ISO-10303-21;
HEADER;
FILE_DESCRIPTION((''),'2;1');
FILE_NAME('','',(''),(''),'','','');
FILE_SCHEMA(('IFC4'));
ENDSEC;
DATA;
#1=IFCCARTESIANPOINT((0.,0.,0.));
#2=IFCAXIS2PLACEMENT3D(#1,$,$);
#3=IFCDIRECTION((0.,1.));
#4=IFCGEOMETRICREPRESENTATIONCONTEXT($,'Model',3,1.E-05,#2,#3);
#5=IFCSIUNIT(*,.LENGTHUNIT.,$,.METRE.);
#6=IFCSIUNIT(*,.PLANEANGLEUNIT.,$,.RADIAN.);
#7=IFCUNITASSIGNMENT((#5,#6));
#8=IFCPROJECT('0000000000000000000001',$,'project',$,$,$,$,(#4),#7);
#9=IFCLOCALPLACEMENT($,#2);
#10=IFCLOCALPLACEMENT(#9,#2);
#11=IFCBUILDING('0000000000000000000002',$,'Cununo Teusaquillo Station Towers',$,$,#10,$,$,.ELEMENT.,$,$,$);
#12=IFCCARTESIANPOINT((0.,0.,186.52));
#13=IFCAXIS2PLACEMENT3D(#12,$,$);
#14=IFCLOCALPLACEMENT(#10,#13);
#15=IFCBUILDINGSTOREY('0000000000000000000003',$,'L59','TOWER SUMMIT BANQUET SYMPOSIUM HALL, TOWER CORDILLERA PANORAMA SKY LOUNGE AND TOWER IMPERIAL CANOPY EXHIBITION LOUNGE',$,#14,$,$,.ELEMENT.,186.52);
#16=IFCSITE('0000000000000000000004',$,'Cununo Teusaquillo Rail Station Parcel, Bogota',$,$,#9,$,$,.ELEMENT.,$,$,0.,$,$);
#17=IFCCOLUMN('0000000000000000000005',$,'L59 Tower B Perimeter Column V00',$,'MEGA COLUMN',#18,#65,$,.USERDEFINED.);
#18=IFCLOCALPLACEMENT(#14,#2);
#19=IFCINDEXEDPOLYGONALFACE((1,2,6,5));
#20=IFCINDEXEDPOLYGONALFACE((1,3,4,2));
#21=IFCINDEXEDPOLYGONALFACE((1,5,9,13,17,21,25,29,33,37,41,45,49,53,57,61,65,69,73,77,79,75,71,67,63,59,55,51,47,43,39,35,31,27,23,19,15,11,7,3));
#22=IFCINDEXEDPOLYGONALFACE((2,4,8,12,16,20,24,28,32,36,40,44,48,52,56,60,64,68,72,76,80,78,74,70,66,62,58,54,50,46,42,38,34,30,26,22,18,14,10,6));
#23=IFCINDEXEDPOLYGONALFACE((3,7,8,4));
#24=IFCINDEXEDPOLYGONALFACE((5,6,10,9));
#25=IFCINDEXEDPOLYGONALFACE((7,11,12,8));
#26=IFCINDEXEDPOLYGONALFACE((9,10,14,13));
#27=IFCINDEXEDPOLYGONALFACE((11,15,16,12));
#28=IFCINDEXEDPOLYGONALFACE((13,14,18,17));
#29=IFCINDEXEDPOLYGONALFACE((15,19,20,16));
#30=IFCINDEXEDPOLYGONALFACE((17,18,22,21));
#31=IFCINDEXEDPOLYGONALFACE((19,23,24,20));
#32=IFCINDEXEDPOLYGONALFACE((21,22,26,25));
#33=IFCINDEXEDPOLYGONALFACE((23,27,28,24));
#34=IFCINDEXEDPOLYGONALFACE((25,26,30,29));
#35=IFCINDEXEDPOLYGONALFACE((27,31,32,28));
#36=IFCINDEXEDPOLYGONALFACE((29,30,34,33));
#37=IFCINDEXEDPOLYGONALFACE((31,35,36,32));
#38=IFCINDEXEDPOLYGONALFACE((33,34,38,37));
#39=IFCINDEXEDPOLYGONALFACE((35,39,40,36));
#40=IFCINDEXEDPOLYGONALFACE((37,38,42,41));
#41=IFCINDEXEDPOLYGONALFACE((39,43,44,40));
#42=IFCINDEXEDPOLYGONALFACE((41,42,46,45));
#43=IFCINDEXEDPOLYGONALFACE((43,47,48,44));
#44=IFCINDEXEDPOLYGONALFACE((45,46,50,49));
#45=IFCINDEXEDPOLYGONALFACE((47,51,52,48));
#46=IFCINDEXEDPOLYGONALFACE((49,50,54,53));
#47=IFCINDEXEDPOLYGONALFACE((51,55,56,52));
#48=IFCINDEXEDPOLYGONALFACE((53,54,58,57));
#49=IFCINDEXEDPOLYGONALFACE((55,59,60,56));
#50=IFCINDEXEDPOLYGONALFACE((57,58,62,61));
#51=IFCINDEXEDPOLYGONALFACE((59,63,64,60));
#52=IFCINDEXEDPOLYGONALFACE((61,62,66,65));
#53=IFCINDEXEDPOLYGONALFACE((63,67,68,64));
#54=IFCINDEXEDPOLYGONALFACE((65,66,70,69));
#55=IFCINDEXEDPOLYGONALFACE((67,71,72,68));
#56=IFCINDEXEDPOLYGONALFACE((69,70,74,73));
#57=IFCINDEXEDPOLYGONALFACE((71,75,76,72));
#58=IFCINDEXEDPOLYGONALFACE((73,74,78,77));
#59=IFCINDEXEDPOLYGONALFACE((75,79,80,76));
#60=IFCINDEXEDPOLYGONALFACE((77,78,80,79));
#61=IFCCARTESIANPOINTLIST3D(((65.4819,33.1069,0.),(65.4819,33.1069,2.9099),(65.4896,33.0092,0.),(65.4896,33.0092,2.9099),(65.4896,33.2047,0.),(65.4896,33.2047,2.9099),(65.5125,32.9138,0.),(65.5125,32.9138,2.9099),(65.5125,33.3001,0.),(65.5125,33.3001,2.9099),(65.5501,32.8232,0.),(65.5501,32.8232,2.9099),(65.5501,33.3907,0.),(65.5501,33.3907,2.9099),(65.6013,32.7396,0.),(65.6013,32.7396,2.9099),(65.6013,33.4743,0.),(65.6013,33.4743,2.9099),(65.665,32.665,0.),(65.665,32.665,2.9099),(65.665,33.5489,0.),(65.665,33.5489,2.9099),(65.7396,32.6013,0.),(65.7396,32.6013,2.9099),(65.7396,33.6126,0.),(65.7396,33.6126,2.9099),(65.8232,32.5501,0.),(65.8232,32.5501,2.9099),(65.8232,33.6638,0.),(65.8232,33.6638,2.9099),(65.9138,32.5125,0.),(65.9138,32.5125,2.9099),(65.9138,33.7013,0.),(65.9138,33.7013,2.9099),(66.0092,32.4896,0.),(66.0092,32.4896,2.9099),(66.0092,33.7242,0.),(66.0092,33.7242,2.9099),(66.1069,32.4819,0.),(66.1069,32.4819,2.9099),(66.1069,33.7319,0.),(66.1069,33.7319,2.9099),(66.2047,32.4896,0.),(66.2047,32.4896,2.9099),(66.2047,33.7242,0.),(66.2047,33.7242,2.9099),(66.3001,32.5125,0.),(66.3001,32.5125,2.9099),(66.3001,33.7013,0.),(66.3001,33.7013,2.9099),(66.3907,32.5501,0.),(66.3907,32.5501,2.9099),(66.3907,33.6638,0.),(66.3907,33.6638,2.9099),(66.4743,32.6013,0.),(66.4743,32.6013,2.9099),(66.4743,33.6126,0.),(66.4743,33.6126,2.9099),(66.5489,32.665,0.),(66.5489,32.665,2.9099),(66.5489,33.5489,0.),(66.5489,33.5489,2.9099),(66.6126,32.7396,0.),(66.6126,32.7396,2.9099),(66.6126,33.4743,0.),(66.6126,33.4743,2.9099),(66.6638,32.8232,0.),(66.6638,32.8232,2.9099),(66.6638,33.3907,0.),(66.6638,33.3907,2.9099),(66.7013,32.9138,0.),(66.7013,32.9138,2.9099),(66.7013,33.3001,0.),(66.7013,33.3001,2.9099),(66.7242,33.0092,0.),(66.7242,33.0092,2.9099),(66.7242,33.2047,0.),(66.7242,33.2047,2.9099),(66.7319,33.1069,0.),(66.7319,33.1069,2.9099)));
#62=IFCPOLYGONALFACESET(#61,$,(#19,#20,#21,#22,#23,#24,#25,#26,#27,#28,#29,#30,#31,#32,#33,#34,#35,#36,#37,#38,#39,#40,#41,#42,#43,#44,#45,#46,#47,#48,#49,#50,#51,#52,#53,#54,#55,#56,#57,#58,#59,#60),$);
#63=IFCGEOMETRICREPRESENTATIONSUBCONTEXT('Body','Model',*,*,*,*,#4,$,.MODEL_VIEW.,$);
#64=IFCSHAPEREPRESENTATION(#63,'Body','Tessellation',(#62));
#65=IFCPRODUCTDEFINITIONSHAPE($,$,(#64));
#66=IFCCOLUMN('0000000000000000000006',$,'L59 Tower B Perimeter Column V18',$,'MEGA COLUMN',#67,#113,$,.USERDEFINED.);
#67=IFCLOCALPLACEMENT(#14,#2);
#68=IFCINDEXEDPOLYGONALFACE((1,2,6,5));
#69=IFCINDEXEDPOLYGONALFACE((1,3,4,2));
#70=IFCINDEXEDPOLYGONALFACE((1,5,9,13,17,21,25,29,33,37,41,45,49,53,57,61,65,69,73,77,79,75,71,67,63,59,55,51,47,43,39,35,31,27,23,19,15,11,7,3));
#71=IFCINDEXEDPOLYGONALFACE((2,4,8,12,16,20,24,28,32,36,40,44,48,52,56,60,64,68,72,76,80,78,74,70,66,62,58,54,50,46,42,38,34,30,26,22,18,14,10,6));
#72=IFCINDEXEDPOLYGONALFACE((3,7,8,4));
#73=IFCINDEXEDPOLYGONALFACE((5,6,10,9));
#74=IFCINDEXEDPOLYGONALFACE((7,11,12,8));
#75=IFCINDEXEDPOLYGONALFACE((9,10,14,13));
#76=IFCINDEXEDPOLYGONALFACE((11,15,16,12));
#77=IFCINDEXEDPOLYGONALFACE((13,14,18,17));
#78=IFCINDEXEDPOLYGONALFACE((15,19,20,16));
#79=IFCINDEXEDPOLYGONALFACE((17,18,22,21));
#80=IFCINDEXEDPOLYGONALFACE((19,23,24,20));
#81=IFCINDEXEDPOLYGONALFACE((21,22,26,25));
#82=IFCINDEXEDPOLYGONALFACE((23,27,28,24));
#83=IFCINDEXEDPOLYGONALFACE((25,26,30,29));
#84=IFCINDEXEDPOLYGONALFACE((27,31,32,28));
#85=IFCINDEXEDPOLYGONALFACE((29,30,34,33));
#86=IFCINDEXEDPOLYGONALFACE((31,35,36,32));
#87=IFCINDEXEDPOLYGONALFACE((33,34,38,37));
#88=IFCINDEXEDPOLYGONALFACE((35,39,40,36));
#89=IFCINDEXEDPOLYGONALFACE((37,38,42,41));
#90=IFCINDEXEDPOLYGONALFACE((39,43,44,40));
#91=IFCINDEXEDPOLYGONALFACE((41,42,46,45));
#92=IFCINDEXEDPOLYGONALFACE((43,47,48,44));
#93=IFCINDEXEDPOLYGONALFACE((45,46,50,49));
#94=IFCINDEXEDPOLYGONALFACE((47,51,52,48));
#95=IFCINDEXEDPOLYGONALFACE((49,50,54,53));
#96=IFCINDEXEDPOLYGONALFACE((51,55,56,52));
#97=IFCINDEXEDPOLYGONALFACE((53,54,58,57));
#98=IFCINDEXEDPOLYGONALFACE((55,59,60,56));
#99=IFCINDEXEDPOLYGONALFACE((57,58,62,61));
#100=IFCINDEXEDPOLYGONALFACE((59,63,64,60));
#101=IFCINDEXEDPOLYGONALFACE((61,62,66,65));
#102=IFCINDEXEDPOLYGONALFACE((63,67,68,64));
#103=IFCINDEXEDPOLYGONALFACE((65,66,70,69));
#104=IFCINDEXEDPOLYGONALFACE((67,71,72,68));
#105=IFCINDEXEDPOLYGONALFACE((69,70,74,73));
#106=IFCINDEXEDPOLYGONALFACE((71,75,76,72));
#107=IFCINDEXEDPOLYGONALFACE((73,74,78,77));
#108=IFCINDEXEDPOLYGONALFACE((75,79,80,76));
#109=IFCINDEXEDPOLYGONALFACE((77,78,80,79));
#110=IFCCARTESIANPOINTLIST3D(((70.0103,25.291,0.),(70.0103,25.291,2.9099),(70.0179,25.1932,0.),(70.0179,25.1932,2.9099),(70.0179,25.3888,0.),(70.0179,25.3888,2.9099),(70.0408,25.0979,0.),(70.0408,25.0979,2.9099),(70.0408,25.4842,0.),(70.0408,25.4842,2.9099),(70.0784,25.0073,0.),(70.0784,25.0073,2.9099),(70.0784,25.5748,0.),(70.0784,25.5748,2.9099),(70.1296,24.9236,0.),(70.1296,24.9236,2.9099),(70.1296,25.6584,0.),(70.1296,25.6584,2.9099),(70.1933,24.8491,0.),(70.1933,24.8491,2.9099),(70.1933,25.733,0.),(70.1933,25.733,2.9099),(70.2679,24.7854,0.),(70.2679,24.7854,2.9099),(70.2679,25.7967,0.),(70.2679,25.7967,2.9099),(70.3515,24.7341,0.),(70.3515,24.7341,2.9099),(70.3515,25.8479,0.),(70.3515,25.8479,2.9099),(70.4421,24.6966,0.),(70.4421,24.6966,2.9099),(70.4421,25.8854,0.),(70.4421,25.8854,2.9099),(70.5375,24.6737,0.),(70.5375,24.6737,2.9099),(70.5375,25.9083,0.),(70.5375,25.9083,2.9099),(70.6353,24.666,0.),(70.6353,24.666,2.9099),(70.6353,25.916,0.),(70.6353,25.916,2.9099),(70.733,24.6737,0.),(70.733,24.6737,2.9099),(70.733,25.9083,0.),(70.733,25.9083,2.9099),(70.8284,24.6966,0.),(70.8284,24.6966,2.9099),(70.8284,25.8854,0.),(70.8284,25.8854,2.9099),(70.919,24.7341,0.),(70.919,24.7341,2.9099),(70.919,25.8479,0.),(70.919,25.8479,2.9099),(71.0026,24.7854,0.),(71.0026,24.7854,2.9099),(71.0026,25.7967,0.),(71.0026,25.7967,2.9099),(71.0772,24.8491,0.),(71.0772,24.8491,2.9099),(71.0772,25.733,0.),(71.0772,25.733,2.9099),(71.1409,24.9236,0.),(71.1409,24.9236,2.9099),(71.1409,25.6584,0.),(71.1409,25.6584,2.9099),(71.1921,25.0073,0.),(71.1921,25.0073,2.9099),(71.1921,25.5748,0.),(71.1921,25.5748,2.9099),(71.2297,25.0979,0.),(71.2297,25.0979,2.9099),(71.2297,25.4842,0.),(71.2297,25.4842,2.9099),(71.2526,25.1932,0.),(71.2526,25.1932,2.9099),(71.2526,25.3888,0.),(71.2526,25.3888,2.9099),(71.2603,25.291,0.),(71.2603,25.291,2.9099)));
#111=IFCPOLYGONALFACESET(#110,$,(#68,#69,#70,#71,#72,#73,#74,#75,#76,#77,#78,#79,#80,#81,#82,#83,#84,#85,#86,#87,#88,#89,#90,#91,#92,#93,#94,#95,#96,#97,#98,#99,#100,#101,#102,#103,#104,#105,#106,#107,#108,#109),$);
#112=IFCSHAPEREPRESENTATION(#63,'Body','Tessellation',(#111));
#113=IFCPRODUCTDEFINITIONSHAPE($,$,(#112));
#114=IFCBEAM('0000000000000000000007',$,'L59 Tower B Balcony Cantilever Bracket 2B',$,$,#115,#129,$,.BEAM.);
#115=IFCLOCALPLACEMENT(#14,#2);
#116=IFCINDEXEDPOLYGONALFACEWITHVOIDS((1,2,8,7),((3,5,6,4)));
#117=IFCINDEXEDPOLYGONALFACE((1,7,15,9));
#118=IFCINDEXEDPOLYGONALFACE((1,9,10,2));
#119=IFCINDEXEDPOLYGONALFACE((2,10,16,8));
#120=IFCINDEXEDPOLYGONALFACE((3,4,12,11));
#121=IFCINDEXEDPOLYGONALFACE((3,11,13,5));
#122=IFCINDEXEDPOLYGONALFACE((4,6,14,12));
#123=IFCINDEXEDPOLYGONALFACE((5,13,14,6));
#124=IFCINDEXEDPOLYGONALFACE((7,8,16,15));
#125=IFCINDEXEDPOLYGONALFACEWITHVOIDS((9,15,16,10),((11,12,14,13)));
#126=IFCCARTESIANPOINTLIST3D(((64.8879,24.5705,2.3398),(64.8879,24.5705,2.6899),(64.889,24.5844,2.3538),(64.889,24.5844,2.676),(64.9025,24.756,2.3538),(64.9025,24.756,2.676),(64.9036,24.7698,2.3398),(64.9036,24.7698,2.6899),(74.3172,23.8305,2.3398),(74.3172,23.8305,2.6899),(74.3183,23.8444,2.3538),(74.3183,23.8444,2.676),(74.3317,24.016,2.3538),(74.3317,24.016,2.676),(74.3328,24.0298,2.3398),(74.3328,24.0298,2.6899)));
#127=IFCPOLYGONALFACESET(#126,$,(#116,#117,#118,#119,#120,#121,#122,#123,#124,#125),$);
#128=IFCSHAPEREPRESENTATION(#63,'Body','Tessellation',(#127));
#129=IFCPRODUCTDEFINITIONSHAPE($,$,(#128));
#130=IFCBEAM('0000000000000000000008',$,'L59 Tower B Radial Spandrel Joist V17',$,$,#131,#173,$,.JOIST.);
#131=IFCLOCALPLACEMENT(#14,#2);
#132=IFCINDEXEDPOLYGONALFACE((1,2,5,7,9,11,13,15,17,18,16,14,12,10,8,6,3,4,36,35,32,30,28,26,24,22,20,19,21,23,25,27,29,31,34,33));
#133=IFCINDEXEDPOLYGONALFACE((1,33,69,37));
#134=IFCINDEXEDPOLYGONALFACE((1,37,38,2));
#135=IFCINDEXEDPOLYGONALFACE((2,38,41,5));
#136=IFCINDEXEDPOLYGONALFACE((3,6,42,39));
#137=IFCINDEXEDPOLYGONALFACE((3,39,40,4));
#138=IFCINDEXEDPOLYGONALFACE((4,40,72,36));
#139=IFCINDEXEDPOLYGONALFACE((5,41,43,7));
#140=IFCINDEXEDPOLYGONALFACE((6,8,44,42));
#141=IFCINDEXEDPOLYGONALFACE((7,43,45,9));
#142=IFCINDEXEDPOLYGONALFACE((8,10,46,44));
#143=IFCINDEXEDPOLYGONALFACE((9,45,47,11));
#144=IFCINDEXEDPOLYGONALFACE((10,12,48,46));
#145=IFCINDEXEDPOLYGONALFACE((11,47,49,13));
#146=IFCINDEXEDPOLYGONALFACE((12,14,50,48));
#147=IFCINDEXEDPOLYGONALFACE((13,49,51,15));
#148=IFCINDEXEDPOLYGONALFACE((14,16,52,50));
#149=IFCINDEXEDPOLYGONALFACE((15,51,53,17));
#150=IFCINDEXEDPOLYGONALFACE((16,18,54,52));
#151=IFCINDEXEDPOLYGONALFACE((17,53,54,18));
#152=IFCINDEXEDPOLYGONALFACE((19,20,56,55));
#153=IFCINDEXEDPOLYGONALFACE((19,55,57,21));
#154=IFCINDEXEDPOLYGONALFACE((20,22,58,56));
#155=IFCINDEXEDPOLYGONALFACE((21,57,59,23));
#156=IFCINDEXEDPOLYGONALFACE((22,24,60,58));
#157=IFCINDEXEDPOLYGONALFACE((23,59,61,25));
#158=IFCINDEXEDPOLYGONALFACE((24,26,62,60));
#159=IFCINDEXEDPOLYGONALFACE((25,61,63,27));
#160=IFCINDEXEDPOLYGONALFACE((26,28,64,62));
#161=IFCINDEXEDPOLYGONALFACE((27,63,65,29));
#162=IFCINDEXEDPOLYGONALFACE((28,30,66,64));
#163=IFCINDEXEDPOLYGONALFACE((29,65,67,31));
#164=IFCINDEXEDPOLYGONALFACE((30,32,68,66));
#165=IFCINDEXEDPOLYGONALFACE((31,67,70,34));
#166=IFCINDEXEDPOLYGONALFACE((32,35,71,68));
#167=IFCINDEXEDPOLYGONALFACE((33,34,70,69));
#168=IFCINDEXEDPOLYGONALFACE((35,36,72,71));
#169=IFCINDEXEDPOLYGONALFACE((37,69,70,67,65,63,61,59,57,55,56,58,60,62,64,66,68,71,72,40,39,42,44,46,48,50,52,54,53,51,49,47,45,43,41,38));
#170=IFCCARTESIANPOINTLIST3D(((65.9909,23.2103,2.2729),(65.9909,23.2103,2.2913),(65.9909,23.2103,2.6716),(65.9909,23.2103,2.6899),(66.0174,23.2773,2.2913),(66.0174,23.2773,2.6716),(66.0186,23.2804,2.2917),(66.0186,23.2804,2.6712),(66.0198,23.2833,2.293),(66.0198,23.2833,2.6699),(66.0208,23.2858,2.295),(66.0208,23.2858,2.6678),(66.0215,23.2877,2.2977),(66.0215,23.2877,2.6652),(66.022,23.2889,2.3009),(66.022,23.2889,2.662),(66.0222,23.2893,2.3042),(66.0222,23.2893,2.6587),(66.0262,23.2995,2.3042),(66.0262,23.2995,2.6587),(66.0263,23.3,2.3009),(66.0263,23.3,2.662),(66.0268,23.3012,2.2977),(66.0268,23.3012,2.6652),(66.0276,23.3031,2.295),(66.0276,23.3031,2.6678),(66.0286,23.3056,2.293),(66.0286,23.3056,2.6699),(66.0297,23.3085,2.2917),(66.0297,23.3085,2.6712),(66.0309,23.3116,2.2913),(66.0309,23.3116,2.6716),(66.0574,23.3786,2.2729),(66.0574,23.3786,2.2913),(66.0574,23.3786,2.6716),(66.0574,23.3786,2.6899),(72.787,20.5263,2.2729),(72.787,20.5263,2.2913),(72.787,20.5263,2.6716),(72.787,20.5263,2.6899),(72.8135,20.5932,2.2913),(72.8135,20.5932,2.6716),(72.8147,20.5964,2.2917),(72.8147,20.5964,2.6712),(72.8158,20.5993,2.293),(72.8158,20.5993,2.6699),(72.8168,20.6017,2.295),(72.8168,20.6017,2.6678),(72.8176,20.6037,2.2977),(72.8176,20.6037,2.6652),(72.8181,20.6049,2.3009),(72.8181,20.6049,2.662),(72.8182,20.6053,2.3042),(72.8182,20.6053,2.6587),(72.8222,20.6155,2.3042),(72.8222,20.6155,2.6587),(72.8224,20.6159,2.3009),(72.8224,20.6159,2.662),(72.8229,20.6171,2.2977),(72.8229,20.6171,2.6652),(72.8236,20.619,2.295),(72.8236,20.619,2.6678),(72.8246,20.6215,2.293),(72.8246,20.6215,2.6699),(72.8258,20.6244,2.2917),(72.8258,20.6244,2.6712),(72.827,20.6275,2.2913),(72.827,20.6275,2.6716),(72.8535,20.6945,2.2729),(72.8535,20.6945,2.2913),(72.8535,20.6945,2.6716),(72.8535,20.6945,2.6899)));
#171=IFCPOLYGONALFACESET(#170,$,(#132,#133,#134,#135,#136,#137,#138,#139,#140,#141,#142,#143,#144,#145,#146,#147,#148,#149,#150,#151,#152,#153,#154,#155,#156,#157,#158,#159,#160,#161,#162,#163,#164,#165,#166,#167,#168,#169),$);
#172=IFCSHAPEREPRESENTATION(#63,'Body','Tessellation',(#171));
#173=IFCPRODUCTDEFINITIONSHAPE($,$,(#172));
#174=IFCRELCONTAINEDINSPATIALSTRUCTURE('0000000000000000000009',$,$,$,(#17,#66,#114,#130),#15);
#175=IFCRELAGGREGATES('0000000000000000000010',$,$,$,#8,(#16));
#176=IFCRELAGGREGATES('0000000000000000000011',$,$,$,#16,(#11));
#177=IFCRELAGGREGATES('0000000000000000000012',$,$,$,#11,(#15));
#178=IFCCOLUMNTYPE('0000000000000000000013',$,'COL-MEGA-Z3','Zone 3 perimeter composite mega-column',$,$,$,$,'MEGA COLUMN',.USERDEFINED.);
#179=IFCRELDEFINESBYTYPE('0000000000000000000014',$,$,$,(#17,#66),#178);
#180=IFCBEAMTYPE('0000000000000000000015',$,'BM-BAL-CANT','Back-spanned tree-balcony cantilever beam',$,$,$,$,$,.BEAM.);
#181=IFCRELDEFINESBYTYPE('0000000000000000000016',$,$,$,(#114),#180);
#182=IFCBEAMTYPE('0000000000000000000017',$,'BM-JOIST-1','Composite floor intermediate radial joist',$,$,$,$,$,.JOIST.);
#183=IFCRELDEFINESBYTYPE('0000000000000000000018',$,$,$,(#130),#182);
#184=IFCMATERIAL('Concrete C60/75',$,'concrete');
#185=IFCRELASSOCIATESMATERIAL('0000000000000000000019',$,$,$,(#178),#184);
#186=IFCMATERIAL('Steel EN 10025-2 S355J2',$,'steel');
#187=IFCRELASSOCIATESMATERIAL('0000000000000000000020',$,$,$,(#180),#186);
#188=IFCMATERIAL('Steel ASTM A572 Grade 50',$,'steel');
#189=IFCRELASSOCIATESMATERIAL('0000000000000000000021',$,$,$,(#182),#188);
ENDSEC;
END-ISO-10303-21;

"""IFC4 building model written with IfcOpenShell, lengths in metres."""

from ifc_helpers import new_model, si_unit, direction, frame, origin, origin_2d, place, context, subcontext, project, spatial, hollow_rectangle, circle, i_section, extrude, material, material_profile, profile_set, type_object, element, save


model = new_model("IFC4")

# Units and contexts
model_context = context("Model", 3, precision=1e-05, world=origin(), true_north=direction((0.0, 1.0)))
body_context = subcontext(model_context, "Body", "Model", "MODEL_VIEW")
ifc_project = project(units=[si_unit("LENGTHUNIT", "METRE"), si_unit("PLANEANGLEUNIT", "RADIAN")], contexts=[model_context])

# Site, building, storey
site_placement = place(None, origin())
site = spatial("IfcSite", under=ifc_project, at=site_placement, Name="Cununo Teusaquillo Rail Station Parcel, Bogota", CompositionType="ELEMENT", RefElevation=0.0)
building_placement = place(site_placement, origin())
building = spatial("IfcBuilding", under=site, at=building_placement, Name="Cununo Teusaquillo Station Towers", CompositionType="ELEMENT")
storey_placement = place(building_placement, frame((0.0, 0.0, 186.52)))
storey = spatial("IfcBuildingStorey", under=building, at=storey_placement, Name="L59", Description="TOWER SUMMIT BANQUET SYMPOSIUM HALL, TOWER CORDILLERA PANORAMA SKY LOUNGE AND TOWER IMPERIAL CANOPY EXHIBITION LOUNGE", CompositionType="ELEMENT", Elevation=186.52)

# Columns
ifc_material_1 = material(Name="Concrete C60/75", Category="concrete")
ifc_material_profile_1 = material_profile(ifc_material_1, circle(Radius=0.625, at=origin_2d()), Name="RC-CIRC-1250")
ifc_profile_set_1 = profile_set([ifc_material_profile_1], Name="Concrete C60/75")
column_type = type_object("IfcColumnType", Name="COL-MEGA-Z3", Description="Zone 3 perimeter composite mega-column", ElementType="MEGA COLUMN", PredefinedType="USERDEFINED", material=ifc_profile_set_1)
for number, where, z_axis, x_axis, name in (
    (1, (66.1069, 33.1069, 0.0), (0.0, 0.0, 1.0), (1.0, 0.0, 0.0), "L59 Tower B Perimeter Column V00"),
    (2, (70.6353, 25.291, 0.0), (0.0, 0.0, 1.0), (1.0, 0.0, 0.0), "L59 Tower B Perimeter Column V18"),
):
    element("IfcColumn", number, at=place(storey_placement, frame(where, z_axis=z_axis, x_axis=x_axis)), inside=storey, type_object=column_type, Name=name, ObjectType="MEGA COLUMN", PredefinedType="USERDEFINED", context=body_context, shape_type="SweptSolid", body=[
        extrude(circle(Radius=0.625, at=origin_2d()), origin(), (0.0, 0.0, 1.0), 2.9099),
    ])

# Beams
ifc_material_2 = material(Name="Steel EN 10025-2 S355J2", Category="steel")
ifc_material_profile_2 = material_profile(ifc_material_2, hollow_rectangle(XDim=0.2, YDim=0.3501, WallThickness=0.0139, at=origin_2d()), Name="RHS 350x200x14")
ifc_profile_set_2 = profile_set([ifc_material_profile_2], Name="Steel EN 10025-2 S355J2")
beam_type_1 = type_object("IfcBeamType", Name="BM-BAL-CANT", Description="Back-spanned tree-balcony cantilever beam", PredefinedType="BEAM", material=ifc_profile_set_2)
beam_1_placement = place(storey_placement, frame((64.8958, 24.6702, 2.5149), z_axis=(0.996935, -0.078238, 0.0), x_axis=(0.078238, 0.996935, 0.0)))
element("IfcBeam", 3, at=beam_1_placement, inside=storey, type_object=beam_type_1, Name="L59 Tower B Balcony Cantilever Bracket 2B", PredefinedType="BEAM", context=body_context, shape_type="SweptSolid", body=[
    extrude(hollow_rectangle(XDim=0.2, YDim=0.3501, WallThickness=0.0139, at=origin_2d()), origin(), (0.0, 0.0, 1.0), 9.4583),
])
ifc_material_3 = material(Name="Steel ASTM A572 Grade 50", Category="steel")
ifc_material_profile_3 = material_profile(ifc_material_3, i_section(OverallWidth=0.1809, OverallDepth=0.417, WebThickness=0.011, FlangeThickness=0.0183, FilletRadius=0.0129, at=origin_2d()), Name="W16X57")
ifc_profile_set_3 = profile_set([ifc_material_profile_3], Name="Steel ASTM A572 Grade 50")
beam_type_2 = type_object("IfcBeamType", Name="BM-JOIST-1", Description="Composite floor intermediate radial joist", PredefinedType="JOIST", material=ifc_profile_set_3)
beam_2_placement = place(storey_placement, frame((66.0242, 23.2944, 2.4814), z_axis=(0.93009, -0.367332, 0.0), x_axis=(0.367332, 0.93009, 0.0)))
element("IfcBeam", 4, at=beam_2_placement, inside=storey, type_object=beam_type_2, Name="L59 Tower B Radial Spandrel Joist V17", PredefinedType="JOIST", context=body_context, shape_type="SweptSolid", body=[
    extrude(i_section(OverallWidth=0.1809, OverallDepth=0.417, WebThickness=0.011, FlangeThickness=0.0183, FilletRadius=0.0129, at=origin_2d()), origin(), (0.0, 0.0, 1.0), 7.3069),
])

save(model, "model.ifc")
